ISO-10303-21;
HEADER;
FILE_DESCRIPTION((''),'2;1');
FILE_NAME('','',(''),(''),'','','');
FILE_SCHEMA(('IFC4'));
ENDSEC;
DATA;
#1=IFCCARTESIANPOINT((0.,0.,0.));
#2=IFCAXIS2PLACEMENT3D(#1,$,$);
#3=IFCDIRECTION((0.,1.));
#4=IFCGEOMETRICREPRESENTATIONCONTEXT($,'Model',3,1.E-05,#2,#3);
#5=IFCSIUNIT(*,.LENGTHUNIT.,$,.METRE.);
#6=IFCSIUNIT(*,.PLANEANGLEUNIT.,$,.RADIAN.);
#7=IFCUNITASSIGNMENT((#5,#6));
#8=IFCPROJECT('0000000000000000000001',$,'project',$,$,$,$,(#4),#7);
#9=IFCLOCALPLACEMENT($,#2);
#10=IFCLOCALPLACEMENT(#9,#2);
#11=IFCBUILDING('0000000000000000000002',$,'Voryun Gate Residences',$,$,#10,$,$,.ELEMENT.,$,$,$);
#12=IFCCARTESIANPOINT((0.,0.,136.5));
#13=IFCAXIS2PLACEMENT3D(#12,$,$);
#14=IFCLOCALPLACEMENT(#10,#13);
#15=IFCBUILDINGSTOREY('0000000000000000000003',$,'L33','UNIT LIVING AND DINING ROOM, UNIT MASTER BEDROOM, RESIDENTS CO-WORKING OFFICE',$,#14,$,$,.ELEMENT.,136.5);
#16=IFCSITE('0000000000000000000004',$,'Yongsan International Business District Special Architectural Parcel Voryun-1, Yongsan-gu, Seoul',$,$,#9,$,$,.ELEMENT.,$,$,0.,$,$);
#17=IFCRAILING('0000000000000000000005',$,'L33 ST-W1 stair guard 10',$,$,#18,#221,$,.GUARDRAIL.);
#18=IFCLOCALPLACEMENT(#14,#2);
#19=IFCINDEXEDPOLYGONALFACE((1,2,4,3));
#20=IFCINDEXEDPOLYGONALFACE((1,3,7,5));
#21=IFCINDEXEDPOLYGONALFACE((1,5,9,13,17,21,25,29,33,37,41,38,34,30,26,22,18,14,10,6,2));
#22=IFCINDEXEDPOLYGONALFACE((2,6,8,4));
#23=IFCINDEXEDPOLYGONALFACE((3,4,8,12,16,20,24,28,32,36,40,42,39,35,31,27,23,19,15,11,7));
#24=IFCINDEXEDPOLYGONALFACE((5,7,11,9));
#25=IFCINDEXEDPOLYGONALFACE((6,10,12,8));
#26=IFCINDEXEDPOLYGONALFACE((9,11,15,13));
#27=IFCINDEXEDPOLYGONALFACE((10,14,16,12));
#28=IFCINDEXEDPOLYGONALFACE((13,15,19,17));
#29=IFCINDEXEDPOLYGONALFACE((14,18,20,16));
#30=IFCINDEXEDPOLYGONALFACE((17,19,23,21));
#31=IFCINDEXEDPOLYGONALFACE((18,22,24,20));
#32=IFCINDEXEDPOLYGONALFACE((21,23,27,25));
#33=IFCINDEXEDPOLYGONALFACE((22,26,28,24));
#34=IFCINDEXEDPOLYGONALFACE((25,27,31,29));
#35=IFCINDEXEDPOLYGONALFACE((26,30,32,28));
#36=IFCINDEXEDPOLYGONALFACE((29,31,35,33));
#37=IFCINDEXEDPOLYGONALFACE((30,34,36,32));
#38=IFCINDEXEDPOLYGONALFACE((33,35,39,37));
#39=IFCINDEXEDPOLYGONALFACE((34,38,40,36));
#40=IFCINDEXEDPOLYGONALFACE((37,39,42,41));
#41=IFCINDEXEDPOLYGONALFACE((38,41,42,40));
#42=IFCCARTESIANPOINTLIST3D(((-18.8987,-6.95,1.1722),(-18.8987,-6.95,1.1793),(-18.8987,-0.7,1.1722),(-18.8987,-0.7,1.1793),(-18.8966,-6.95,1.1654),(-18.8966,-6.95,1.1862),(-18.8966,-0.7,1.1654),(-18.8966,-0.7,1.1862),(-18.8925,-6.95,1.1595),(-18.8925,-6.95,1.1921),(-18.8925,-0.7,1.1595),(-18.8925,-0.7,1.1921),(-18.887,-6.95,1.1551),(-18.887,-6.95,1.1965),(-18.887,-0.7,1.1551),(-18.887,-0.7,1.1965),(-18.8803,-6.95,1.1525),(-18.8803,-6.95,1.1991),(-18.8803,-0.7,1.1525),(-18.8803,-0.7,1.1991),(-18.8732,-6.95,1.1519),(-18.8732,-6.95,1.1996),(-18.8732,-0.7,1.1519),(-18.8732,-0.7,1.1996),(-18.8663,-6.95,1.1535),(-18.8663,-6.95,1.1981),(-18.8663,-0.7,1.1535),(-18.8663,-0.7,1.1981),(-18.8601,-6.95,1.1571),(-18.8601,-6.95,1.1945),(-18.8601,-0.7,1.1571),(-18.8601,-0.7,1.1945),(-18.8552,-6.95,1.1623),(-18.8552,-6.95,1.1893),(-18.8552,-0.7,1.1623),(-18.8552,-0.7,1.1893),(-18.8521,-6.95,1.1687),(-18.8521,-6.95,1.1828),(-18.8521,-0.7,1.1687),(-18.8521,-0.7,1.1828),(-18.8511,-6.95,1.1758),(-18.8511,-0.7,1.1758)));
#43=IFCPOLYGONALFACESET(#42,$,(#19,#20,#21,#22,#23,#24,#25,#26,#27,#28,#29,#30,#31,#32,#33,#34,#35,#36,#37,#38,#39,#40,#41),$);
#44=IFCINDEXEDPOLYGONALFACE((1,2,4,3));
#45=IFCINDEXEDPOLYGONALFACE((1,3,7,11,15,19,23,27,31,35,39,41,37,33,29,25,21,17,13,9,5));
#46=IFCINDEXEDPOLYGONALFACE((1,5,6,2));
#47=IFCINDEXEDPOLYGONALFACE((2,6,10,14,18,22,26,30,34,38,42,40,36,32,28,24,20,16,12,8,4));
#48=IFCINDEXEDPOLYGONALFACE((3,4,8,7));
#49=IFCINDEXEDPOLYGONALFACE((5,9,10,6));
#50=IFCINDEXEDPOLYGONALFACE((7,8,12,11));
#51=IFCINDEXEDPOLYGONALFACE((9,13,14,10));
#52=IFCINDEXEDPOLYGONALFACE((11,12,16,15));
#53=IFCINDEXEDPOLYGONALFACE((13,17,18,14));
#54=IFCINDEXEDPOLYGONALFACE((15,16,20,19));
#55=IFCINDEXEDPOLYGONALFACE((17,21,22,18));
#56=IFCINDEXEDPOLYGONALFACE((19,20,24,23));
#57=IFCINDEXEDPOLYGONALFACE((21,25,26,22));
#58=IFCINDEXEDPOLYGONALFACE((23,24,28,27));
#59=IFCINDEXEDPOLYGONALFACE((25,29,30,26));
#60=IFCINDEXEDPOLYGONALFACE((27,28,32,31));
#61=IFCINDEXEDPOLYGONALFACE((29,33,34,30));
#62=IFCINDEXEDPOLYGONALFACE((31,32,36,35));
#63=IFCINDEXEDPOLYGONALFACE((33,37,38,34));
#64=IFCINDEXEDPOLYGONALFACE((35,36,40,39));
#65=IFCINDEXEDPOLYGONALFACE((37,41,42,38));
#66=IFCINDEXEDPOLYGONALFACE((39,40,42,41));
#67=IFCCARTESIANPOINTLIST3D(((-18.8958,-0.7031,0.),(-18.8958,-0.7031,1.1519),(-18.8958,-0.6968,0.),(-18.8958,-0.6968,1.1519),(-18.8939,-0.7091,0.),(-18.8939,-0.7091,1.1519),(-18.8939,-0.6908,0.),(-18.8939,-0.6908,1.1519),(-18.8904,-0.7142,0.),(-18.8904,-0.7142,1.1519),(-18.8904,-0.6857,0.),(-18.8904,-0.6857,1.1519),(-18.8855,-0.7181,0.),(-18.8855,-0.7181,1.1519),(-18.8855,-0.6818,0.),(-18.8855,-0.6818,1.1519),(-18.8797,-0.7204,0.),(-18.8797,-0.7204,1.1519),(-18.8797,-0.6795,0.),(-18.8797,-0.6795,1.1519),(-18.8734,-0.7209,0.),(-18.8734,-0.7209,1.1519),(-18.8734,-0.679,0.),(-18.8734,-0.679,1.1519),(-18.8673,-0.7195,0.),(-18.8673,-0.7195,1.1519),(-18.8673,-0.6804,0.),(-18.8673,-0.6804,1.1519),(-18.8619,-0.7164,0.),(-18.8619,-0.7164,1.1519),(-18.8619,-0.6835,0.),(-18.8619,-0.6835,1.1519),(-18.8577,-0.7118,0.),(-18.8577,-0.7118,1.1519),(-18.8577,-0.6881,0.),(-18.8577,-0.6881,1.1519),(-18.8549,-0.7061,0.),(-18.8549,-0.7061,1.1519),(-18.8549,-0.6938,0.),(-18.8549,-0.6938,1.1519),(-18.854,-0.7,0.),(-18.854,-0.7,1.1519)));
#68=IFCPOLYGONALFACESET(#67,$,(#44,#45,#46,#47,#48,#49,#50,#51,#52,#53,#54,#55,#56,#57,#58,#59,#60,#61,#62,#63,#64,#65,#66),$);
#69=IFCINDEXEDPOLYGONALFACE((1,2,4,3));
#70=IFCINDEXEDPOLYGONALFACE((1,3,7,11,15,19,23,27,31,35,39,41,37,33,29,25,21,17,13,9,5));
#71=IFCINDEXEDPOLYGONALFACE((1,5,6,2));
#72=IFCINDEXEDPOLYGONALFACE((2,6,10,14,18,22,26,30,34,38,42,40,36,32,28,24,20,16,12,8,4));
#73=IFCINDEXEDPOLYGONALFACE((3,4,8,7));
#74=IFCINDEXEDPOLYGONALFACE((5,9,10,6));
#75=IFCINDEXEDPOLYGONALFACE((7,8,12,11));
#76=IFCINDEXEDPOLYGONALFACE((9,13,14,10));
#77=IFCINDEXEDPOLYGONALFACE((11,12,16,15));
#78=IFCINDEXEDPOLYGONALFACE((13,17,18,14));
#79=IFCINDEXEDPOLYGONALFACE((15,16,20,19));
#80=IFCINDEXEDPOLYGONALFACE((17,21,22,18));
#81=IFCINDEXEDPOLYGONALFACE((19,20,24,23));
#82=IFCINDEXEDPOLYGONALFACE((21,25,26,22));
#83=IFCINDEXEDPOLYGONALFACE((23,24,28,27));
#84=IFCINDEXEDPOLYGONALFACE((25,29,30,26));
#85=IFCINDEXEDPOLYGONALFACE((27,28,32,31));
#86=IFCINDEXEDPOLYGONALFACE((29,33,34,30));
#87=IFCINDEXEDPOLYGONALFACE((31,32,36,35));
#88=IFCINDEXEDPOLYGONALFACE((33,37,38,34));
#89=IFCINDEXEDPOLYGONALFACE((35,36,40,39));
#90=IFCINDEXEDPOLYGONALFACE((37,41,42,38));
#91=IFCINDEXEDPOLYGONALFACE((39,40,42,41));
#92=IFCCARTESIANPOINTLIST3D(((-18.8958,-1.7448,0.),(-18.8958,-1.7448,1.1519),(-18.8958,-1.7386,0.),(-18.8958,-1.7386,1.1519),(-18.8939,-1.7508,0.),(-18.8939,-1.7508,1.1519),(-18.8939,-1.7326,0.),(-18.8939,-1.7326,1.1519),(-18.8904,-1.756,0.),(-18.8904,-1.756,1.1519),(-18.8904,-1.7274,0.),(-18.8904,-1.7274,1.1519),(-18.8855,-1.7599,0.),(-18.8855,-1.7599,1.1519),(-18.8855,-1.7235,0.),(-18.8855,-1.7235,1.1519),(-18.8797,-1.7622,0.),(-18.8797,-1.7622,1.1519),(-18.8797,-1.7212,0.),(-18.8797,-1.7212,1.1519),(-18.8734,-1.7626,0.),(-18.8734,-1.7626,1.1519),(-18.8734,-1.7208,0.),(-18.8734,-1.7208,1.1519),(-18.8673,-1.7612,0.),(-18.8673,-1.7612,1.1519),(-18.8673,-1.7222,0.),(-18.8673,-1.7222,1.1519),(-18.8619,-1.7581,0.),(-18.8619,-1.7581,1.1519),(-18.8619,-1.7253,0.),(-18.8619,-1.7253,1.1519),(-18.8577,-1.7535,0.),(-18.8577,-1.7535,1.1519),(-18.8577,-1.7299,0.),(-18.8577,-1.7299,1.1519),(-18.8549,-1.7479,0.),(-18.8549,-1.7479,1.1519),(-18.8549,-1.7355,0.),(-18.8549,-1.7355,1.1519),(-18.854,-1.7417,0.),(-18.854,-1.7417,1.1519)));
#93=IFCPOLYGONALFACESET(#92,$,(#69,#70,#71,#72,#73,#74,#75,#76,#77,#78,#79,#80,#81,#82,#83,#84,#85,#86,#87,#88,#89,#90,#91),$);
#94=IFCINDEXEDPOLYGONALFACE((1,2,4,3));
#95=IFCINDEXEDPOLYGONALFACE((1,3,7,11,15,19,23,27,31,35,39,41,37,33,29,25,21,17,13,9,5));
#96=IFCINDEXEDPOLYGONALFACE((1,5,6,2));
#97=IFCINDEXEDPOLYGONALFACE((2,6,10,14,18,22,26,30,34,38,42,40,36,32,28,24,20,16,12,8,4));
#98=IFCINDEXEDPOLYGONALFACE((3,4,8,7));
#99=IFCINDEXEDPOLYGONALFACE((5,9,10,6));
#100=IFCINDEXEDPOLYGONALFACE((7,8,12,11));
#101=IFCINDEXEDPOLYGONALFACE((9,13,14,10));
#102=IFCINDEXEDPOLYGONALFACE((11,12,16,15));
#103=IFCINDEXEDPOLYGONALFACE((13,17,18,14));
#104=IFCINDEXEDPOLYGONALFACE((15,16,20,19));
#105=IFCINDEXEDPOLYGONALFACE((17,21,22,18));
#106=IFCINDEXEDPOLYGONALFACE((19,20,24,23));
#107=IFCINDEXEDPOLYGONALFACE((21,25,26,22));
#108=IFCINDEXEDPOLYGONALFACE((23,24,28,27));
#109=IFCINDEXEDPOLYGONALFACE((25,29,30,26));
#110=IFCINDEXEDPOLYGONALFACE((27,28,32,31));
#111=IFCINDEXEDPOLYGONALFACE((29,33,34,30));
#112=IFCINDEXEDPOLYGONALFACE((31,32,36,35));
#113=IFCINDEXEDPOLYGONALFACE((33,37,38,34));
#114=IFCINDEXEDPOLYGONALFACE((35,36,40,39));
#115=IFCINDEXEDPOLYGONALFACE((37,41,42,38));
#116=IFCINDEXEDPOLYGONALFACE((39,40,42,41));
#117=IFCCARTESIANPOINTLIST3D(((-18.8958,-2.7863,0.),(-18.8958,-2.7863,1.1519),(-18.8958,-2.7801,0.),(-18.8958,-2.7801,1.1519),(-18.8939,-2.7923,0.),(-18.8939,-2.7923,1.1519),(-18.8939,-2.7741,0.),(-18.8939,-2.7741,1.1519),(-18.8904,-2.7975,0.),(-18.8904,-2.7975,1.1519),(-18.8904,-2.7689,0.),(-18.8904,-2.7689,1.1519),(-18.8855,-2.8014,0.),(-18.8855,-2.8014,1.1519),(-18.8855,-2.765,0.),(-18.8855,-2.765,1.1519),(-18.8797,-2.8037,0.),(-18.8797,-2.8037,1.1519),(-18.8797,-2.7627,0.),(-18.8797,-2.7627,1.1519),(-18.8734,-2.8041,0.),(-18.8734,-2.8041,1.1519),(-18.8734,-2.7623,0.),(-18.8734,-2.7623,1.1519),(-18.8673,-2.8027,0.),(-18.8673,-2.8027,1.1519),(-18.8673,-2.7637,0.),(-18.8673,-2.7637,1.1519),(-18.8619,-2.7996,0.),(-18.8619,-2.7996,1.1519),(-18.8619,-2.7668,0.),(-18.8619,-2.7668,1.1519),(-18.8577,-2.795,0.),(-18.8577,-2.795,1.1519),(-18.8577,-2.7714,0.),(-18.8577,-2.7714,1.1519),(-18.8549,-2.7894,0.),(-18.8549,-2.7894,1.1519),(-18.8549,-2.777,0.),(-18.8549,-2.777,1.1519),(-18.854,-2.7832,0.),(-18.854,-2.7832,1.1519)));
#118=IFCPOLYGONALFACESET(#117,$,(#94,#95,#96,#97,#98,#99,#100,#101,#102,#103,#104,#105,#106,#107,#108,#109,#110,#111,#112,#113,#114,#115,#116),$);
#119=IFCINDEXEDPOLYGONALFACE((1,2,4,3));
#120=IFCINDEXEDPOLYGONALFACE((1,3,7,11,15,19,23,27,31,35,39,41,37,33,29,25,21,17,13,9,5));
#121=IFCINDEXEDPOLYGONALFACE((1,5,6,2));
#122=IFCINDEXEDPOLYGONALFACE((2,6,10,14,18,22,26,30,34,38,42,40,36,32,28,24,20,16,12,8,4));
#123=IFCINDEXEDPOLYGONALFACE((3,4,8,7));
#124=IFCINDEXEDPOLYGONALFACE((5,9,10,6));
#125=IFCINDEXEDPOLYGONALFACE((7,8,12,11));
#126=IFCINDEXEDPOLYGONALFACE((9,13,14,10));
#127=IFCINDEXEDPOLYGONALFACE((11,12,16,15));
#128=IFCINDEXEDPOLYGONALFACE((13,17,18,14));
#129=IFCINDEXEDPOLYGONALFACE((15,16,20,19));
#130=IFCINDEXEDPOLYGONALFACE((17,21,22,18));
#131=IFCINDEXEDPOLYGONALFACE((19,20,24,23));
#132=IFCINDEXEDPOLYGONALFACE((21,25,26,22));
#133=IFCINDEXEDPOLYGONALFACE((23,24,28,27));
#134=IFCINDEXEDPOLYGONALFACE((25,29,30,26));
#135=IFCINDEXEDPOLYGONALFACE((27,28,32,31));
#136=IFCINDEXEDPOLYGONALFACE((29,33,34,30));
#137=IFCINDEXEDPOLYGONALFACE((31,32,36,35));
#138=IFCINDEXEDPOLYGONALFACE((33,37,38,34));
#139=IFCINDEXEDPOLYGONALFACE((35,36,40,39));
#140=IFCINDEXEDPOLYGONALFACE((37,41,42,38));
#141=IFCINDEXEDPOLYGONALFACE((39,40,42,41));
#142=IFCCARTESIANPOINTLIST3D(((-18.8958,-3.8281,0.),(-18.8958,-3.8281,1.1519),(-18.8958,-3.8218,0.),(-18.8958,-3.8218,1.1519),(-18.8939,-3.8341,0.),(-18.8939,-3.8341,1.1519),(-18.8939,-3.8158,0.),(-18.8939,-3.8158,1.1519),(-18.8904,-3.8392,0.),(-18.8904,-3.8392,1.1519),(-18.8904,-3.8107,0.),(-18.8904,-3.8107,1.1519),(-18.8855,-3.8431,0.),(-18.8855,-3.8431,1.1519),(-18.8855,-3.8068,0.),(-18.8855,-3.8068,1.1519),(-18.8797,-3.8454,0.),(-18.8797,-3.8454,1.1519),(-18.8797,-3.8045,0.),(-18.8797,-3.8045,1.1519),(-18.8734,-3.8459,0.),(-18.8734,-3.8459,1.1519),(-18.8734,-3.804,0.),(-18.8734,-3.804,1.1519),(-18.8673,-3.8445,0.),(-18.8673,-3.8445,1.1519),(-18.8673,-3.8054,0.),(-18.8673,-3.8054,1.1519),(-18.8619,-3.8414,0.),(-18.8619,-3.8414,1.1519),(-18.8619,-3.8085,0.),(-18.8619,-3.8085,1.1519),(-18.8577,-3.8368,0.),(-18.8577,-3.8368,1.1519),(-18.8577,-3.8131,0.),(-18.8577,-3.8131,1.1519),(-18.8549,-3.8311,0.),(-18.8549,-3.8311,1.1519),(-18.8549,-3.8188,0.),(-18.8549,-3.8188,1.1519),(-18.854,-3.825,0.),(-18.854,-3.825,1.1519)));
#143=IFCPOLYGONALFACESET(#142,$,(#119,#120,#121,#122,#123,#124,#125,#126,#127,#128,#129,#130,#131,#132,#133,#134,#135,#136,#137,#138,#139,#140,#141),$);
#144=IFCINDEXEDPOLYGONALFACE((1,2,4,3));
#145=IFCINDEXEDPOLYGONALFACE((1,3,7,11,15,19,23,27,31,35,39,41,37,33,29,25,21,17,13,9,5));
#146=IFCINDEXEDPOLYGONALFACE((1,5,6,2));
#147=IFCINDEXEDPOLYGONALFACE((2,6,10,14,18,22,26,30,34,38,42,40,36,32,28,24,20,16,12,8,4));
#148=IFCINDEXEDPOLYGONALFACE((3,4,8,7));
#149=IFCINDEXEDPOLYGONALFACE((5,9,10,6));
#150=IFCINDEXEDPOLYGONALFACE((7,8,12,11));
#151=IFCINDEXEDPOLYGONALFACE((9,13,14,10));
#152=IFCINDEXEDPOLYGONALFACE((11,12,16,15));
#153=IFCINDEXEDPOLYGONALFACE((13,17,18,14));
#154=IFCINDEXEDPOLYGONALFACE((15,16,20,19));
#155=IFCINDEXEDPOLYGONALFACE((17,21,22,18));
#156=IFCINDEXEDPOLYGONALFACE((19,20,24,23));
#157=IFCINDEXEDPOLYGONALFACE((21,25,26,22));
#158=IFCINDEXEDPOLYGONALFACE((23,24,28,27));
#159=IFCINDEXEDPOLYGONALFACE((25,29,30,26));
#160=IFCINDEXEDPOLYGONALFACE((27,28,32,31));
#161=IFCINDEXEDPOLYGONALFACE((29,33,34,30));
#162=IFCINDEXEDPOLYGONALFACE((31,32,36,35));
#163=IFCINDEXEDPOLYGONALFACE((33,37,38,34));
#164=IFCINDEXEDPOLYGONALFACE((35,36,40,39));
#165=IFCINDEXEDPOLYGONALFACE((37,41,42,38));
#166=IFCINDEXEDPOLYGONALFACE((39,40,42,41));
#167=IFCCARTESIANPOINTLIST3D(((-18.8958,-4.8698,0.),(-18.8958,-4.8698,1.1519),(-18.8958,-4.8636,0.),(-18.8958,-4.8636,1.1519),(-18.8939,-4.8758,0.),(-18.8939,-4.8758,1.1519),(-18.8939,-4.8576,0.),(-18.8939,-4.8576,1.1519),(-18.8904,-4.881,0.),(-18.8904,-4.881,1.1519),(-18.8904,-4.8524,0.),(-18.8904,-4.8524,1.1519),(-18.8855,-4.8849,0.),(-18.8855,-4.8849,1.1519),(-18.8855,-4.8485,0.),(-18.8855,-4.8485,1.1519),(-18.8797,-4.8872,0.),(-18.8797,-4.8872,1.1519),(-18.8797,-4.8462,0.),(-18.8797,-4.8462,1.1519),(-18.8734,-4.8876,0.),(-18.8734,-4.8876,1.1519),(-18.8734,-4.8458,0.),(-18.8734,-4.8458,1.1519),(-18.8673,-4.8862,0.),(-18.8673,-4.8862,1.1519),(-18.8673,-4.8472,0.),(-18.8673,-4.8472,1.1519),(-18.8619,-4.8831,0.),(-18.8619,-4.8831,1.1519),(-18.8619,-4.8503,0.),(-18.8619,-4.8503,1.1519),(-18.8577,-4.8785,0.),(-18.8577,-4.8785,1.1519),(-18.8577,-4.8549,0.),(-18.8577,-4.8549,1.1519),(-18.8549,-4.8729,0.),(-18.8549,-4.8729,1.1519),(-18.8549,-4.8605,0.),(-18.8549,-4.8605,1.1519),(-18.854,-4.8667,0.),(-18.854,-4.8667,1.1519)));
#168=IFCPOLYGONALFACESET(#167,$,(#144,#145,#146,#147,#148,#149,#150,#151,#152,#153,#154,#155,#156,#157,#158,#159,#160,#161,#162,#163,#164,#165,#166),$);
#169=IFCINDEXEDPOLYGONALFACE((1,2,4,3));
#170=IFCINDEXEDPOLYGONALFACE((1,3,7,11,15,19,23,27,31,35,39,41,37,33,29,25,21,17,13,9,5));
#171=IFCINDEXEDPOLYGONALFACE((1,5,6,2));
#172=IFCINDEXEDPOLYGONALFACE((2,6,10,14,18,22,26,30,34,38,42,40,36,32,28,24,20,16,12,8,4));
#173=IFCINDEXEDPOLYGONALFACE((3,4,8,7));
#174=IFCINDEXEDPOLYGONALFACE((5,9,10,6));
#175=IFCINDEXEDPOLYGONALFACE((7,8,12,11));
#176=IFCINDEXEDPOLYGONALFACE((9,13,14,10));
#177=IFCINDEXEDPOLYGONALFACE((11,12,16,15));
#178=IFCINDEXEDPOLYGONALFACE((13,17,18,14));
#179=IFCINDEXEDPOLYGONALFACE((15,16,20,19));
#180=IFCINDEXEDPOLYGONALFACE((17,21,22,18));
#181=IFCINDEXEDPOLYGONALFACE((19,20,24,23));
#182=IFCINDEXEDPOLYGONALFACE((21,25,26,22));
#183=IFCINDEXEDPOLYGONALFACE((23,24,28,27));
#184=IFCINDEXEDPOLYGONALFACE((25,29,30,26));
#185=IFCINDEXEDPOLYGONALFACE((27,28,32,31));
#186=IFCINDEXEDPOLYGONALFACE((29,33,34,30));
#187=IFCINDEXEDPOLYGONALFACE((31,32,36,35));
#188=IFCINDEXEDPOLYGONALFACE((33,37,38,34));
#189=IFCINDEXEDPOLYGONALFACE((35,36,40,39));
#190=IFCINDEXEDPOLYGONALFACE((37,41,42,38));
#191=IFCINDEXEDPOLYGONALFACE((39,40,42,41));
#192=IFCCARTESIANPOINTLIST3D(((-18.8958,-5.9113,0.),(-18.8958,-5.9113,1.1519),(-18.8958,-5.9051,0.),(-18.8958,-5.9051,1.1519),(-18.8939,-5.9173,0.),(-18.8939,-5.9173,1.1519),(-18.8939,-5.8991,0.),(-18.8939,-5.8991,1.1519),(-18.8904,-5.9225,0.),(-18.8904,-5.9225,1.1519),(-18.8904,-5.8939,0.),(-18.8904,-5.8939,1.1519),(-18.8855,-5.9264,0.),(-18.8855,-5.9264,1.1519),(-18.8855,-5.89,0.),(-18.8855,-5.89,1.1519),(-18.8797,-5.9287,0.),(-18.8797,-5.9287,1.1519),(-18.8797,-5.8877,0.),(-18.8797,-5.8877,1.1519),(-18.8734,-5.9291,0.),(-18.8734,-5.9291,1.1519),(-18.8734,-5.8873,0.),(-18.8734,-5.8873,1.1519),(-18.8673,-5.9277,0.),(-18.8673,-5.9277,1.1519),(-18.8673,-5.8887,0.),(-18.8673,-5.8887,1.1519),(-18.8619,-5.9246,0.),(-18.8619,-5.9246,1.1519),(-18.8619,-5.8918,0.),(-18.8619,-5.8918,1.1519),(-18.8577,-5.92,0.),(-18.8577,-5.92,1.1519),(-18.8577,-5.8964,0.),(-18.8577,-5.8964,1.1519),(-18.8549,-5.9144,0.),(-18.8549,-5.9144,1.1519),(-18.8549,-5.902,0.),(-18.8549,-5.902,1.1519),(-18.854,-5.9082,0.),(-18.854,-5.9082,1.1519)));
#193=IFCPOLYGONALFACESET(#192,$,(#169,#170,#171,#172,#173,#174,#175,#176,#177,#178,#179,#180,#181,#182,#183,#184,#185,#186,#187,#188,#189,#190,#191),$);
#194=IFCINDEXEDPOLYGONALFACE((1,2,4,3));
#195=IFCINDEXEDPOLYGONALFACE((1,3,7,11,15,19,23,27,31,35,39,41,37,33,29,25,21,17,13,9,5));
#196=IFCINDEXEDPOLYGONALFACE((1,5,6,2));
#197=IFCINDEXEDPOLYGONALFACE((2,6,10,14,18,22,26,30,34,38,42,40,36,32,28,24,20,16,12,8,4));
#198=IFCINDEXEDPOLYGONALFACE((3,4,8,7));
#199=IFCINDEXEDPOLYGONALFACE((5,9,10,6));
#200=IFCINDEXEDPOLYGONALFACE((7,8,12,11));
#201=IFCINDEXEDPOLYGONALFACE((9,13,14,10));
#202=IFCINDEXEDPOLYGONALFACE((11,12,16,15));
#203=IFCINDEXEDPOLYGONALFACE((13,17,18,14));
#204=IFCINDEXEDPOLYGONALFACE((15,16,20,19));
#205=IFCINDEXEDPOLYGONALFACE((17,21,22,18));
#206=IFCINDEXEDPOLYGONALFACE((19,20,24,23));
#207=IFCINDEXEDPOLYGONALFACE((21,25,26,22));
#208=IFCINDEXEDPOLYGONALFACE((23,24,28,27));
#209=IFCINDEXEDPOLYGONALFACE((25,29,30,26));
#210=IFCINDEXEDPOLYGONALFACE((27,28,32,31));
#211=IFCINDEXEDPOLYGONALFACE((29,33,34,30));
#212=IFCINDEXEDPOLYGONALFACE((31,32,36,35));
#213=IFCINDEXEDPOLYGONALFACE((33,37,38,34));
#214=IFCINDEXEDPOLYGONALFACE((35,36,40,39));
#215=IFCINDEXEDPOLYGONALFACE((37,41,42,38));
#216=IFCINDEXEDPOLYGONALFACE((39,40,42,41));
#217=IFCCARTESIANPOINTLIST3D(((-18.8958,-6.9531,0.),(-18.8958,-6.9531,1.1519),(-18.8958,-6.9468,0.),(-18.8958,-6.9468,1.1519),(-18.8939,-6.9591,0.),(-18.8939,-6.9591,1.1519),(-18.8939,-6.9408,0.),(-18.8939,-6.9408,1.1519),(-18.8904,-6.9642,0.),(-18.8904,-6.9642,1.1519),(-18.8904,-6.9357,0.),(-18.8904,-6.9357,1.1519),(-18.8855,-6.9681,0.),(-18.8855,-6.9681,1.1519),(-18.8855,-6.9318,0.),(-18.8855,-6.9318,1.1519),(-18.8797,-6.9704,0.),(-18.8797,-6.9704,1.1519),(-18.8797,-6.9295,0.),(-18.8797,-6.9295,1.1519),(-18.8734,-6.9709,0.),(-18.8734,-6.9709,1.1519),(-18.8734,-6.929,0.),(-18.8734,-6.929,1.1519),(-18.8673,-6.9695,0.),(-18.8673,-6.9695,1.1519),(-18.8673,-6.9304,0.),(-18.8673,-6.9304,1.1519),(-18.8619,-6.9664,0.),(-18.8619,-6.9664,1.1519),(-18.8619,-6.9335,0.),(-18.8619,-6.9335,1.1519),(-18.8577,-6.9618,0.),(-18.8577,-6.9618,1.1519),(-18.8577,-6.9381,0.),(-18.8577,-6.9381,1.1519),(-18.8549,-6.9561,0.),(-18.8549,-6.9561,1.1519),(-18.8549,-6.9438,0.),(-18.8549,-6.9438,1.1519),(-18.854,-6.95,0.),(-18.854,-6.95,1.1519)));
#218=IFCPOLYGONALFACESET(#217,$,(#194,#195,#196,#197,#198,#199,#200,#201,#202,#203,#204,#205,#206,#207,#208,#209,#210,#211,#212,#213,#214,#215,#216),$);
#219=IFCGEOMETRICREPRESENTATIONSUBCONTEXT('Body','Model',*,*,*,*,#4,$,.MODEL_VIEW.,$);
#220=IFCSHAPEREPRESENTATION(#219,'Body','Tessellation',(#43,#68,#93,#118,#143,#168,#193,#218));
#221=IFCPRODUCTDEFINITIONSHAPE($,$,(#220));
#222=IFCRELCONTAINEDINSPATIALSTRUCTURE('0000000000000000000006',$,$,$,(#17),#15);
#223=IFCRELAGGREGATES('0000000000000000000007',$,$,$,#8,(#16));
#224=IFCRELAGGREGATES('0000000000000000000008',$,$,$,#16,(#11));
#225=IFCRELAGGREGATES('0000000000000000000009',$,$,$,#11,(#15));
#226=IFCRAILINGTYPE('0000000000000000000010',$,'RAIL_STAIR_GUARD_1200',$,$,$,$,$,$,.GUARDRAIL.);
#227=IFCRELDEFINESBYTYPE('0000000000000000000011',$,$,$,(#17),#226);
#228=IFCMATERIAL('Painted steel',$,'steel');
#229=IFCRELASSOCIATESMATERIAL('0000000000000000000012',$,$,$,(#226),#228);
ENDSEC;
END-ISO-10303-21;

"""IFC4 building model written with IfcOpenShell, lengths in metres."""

from ifc_helpers import new_model, si_unit, direction, frame, origin, origin_2d, place, context, subcontext, project, spatial, circle, extrude, material, type_object, element, save


model = new_model("IFC4")

# Units and contexts
model_context = context("Model", 3, precision=1e-05, world=origin(), true_north=direction((0.0, 1.0)))
body_context = subcontext(model_context, "Body", "Model", "MODEL_VIEW")
ifc_project = project(units=[si_unit("LENGTHUNIT", "METRE"), si_unit("PLANEANGLEUNIT", "RADIAN")], contexts=[model_context])

# Site, building, storey
site_placement = place(None, origin())
site = spatial("IfcSite", under=ifc_project, at=site_placement, Name="Yongsan International Business District Special Architectural Parcel Voryun-1, Yongsan-gu, Seoul", CompositionType="ELEMENT", RefElevation=0.0)
building_placement = place(site_placement, origin())
building = spatial("IfcBuilding", under=site, at=building_placement, Name="Voryun Gate Residences", CompositionType="ELEMENT")
storey_placement = place(building_placement, frame((0.0, 0.0, 136.5)))
storey = spatial("IfcBuildingStorey", under=building, at=storey_placement, Name="L33", Description="UNIT LIVING AND DINING ROOM, UNIT MASTER BEDROOM, RESIDENTS CO-WORKING OFFICE", CompositionType="ELEMENT", Elevation=136.5)

# Railing
ifc_material_1 = material(Name="Painted steel", Category="steel")
railing_type_1 = type_object("IfcRailingType", Name="RAIL_STAIR_GUARD_1200", PredefinedType="GUARDRAIL", material=ifc_material_1)
railing_1_placement = place(storey_placement, frame((-18.875, -0.7, 0.0)))
element("IfcRailing", 1, at=railing_1_placement, inside=storey, type_object=railing_type_1, Name="L33 ST-W1 stair guard 10", PredefinedType="GUARDRAIL", context=body_context, shape_type="SweptSolid", body=[
    extrude(circle(Radius=0.0239, at=origin_2d()), frame((0.0, 0.0, 1.1758), z_axis=(0.0, -1.0, 0.0), x_axis=(1.0, 0.0, 0.0)), (0.0, 0.0, 1.0), 6.25),
    extrude(circle(Radius=0.021, at=origin_2d()), origin(), (0.0, 0.0, 1.0), 1.1519),
    extrude(circle(Radius=0.021, at=origin_2d()), frame((0.0, -1.0417, 0.0)), (0.0, 0.0, 1.0), 1.1519),
    extrude(circle(Radius=0.021, at=origin_2d()), frame((0.0, -2.0833, 0.0)), (0.0, 0.0, 1.0), 1.1519),
    extrude(circle(Radius=0.021, at=origin_2d()), frame((0.0, -3.125, 0.0)), (0.0, 0.0, 1.0), 1.1519),
    extrude(circle(Radius=0.021, at=origin_2d()), frame((0.0, -4.1667, 0.0)), (0.0, 0.0, 1.0), 1.1519),
    extrude(circle(Radius=0.021, at=origin_2d()), frame((0.0, -5.2083, 0.0)), (0.0, 0.0, 1.0), 1.1519),
    extrude(circle(Radius=0.021, at=origin_2d()), frame((0.0, -6.25, 0.0)), (0.0, 0.0, 1.0), 1.1519),
])

save(model, "model.ifc")
